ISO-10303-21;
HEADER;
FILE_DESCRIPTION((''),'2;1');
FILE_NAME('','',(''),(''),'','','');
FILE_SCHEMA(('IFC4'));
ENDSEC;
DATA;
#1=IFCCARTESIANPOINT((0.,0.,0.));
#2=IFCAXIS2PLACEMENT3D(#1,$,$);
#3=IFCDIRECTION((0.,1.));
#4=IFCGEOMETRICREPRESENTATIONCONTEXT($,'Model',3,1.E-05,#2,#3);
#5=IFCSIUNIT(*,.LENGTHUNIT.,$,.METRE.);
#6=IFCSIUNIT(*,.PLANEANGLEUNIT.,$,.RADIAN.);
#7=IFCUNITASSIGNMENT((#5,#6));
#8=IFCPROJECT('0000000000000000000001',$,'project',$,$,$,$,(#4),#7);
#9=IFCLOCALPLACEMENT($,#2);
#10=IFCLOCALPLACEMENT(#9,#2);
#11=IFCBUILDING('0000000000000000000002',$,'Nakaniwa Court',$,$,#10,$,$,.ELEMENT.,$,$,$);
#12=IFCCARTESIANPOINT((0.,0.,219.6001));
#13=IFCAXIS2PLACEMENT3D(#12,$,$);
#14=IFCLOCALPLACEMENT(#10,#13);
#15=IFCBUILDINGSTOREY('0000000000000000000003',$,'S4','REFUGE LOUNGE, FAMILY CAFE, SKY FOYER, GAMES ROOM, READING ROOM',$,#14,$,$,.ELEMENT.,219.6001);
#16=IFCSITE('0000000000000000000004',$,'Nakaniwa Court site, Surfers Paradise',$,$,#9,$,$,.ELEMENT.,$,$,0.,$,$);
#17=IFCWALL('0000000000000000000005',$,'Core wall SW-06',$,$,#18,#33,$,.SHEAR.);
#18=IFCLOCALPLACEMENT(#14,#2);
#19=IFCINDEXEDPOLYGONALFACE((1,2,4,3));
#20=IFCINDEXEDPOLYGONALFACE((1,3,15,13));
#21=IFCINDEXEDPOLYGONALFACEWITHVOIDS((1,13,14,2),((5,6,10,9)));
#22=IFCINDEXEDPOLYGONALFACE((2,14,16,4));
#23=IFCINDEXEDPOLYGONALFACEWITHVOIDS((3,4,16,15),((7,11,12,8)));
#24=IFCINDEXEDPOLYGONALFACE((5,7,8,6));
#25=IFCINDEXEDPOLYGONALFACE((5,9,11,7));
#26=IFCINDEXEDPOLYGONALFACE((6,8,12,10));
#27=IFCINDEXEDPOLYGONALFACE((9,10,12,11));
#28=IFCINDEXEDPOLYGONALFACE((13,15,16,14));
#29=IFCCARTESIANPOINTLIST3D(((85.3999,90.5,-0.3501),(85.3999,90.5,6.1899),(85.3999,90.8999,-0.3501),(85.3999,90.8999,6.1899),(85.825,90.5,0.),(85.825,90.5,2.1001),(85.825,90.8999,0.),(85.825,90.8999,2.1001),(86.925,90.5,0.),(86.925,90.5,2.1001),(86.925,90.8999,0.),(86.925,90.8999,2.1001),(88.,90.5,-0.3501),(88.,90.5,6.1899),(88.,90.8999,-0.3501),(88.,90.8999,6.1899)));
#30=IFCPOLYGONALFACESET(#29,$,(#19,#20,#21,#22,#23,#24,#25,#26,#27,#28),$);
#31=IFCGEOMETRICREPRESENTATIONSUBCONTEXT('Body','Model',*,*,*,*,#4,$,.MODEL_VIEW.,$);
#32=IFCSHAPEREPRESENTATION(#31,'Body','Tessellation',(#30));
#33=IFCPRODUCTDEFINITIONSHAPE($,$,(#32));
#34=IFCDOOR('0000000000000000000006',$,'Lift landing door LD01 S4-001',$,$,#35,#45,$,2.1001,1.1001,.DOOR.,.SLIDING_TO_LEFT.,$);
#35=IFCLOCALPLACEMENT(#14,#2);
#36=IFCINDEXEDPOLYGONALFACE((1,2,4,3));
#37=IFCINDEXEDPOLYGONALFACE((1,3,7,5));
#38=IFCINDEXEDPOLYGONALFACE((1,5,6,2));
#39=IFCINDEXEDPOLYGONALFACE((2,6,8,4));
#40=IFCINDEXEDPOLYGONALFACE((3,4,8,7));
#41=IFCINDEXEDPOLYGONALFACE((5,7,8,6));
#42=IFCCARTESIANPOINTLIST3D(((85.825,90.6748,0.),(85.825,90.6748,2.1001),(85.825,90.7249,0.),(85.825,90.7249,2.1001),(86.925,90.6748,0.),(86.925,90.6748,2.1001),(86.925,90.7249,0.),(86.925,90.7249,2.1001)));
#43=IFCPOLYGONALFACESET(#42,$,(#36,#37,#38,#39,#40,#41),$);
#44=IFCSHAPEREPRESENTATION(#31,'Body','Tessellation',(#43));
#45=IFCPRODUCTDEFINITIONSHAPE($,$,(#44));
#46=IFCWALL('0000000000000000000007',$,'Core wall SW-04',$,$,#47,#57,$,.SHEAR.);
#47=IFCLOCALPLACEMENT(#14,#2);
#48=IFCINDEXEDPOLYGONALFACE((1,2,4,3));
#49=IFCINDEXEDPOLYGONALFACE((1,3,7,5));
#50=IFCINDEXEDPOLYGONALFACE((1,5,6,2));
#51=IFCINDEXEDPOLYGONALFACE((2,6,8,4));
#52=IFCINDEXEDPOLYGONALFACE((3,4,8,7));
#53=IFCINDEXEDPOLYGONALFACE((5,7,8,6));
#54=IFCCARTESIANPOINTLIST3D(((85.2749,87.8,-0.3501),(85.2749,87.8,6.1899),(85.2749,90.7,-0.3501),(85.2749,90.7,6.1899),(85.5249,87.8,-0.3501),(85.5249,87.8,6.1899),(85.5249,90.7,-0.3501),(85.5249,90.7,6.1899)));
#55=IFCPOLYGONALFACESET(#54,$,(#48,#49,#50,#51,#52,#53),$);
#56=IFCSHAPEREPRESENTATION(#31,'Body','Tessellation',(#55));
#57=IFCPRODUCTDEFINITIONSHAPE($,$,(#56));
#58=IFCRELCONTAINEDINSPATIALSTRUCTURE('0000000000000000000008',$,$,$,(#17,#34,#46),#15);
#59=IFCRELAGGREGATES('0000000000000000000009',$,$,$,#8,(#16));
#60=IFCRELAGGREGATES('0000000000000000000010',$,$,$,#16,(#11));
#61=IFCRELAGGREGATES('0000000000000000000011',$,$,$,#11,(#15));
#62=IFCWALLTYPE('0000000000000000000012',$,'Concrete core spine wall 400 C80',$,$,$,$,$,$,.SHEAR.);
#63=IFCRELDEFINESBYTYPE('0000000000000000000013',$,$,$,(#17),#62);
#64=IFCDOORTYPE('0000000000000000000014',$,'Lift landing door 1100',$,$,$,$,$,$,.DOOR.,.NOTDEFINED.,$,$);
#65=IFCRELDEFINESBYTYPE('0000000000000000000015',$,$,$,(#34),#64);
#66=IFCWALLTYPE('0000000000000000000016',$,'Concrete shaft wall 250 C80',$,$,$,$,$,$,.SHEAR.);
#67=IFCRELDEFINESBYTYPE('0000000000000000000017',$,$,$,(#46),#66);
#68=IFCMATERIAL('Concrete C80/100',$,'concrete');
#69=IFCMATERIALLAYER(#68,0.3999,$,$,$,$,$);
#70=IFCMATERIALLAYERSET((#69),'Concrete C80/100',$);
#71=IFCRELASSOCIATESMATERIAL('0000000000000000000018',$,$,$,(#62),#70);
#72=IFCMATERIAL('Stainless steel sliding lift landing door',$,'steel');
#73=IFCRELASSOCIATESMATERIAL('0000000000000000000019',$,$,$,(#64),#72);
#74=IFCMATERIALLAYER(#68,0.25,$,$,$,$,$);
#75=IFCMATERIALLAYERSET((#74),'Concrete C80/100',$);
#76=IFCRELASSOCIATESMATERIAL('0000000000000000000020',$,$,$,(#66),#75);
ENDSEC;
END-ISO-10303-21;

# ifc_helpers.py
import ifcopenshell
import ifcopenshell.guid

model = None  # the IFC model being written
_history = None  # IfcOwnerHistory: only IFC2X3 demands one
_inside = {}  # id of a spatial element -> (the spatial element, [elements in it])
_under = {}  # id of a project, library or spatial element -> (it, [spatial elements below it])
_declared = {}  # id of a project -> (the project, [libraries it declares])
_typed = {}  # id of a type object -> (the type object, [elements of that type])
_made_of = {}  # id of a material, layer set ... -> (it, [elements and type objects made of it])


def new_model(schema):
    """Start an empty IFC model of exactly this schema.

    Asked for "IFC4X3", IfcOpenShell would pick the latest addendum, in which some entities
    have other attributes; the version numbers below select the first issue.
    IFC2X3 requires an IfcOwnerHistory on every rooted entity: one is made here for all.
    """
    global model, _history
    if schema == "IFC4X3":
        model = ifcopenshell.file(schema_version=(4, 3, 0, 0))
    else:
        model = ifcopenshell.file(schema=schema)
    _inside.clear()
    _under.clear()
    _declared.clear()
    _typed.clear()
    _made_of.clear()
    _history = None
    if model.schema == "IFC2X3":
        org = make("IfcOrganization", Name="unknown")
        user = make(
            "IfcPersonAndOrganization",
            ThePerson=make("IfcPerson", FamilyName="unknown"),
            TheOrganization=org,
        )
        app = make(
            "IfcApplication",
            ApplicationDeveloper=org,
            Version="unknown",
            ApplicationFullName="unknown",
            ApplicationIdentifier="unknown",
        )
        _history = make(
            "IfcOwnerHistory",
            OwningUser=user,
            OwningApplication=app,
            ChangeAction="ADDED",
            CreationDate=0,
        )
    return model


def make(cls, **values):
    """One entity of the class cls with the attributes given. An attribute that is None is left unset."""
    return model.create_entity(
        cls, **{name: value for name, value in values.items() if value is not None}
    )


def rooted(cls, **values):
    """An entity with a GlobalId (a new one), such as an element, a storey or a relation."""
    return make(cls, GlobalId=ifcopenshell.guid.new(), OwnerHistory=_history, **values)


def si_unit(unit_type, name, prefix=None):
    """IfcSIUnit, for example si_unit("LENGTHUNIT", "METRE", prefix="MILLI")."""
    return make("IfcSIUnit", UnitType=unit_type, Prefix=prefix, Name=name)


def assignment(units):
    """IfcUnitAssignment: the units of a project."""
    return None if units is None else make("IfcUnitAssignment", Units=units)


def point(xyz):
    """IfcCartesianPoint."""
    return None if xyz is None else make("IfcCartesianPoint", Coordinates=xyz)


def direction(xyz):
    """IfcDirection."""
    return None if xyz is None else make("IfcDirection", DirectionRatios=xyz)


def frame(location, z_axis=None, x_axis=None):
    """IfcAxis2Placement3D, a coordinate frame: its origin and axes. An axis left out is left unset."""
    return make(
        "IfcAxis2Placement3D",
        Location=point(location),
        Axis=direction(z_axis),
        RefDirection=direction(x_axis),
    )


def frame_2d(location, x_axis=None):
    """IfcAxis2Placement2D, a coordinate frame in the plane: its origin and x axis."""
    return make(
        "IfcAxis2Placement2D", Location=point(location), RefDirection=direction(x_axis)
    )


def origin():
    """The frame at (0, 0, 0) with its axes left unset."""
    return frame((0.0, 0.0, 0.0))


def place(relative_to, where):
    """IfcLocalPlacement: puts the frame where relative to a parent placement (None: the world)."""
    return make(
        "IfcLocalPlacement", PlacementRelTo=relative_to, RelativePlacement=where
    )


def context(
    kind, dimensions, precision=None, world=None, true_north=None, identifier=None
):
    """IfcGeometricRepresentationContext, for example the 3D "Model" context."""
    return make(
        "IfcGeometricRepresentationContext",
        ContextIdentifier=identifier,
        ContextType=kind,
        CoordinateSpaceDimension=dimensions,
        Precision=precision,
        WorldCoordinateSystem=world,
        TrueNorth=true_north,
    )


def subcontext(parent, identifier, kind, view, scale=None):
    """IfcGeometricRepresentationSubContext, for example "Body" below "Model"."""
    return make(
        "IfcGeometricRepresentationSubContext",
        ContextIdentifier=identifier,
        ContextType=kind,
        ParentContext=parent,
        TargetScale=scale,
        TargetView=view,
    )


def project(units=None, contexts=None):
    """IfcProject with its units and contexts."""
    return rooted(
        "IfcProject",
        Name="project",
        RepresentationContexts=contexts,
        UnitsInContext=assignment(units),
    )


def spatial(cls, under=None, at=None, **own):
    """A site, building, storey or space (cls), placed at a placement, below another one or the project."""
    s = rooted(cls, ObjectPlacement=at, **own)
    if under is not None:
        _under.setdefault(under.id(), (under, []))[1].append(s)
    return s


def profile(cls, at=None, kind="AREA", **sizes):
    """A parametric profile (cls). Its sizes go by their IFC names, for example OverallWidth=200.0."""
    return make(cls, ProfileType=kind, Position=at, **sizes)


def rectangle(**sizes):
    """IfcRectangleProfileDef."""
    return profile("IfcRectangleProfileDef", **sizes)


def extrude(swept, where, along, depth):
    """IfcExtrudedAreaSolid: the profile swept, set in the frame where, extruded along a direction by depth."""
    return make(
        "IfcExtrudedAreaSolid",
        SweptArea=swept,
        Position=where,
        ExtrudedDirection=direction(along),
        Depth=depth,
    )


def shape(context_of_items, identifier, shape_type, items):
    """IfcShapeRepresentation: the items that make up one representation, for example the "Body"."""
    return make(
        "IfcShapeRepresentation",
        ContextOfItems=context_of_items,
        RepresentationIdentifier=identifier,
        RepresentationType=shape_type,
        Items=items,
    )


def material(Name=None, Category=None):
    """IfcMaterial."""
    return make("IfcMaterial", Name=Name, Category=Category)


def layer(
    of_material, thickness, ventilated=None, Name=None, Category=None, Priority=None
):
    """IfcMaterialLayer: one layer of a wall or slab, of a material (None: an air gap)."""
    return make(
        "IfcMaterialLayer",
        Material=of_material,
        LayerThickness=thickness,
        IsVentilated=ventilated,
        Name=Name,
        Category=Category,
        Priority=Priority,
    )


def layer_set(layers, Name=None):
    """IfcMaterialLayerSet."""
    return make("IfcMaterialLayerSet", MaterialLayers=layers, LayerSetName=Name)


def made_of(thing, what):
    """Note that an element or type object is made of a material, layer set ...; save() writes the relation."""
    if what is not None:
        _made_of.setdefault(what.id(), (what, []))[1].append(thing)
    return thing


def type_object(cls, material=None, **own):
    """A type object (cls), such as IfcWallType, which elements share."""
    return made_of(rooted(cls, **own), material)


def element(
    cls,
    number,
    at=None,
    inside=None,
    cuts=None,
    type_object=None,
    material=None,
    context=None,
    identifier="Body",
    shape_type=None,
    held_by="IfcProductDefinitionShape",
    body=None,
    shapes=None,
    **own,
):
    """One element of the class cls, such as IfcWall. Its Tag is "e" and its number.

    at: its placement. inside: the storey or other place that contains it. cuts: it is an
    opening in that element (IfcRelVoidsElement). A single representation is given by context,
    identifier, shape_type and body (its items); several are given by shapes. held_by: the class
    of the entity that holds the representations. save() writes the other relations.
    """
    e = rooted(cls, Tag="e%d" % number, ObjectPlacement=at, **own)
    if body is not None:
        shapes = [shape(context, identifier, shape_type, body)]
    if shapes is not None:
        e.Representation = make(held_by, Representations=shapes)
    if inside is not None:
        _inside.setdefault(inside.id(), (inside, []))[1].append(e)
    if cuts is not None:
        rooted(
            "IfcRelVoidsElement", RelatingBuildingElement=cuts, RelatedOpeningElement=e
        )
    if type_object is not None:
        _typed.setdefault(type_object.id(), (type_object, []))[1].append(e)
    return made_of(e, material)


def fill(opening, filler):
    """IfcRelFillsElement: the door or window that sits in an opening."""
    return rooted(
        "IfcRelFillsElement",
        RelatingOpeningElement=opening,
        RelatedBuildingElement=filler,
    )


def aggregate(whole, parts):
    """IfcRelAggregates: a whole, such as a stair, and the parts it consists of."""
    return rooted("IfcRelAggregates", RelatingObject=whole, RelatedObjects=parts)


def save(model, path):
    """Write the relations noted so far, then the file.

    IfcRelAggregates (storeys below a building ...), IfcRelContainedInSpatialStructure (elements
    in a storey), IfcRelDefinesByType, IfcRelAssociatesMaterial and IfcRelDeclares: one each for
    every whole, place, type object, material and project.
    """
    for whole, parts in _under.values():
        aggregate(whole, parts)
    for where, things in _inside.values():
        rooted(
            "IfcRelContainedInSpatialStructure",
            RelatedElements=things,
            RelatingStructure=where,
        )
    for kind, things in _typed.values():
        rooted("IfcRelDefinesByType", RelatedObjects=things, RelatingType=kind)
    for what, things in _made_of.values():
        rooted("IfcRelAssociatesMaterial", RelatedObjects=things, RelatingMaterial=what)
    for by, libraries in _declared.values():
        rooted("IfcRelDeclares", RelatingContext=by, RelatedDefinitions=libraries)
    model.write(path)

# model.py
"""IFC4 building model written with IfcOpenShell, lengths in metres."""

from ifc_helpers import new_model, si_unit, direction, frame, frame_2d, origin, place, context, subcontext, project, spatial, rectangle, extrude, material, layer, layer_set, type_object, element, fill, save


model = new_model("IFC4")

# Units and contexts
model_context = context("Model", 3, precision=1e-05, world=origin(), true_north=direction((0.0, 1.0)))
body_context = subcontext(model_context, "Body", "Model", "MODEL_VIEW")
ifc_project = project(units=[si_unit("LENGTHUNIT", "METRE"), si_unit("PLANEANGLEUNIT", "RADIAN")], contexts=[model_context])

# Site, building, storey
site_placement = place(None, origin())
site = spatial("IfcSite", under=ifc_project, at=site_placement, Name="Nakaniwa Court site, Surfers Paradise", CompositionType="ELEMENT", RefElevation=0.0)
building_placement = place(site_placement, origin())
building = spatial("IfcBuilding", under=site, at=building_placement, Name="Nakaniwa Court", CompositionType="ELEMENT")
storey_placement = place(building_placement, frame((0.0, 0.0, 219.6001)))
storey = spatial("IfcBuildingStorey", under=building, at=storey_placement, Name="S4", Description="REFUGE LOUNGE, FAMILY CAFE, SKY FOYER, GAMES ROOM, READING ROOM", CompositionType="ELEMENT", Elevation=219.6001)

# Shared definitions
ifc_material_1 = material(Name="Concrete C80/100", Category="concrete")

# Wall, opening, door
ifc_layer_1 = layer(ifc_material_1, 0.3999)
ifc_layer_set_1 = layer_set([ifc_layer_1], Name="Concrete C80/100")
wall_type_1 = type_object("IfcWallType", Name="Concrete core spine wall 400 C80", PredefinedType="SHEAR", material=ifc_layer_set_1)
wall_1_placement = place(storey_placement, frame((85.3999, 90.7, -0.3501), z_axis=(0.0, 0.0, 1.0), x_axis=(1.0, 0.0, 0.0)))
wall_1 = element("IfcWall", 1, at=wall_1_placement, inside=storey, type_object=wall_type_1, Name="Core wall SW-06", PredefinedType="SHEAR", context=body_context, shape_type="SweptSolid", body=[
    extrude(rectangle(XDim=2.6001, YDim=0.3999, at=frame_2d((1.3, 0.0))), origin(), (0.0, 0.0, 1.0), 6.54),
])
opening_1_placement = place(wall_1_placement, frame((0.425, 0.0, 0.3501)))
opening_1 = element("IfcOpeningElement", 2, at=opening_1_placement, cuts=wall_1, PredefinedType="OPENING", context=body_context, shape_type="SweptSolid", body=[
    extrude(rectangle(XDim=1.1001, YDim=2.1001, at=frame_2d((0.55, 1.05))), frame((0.0, 0.21, 0.0), z_axis=(0.0, -1.0, 0.0), x_axis=(1.0, 0.0, 0.0)), (0.0, 0.0, 1.0), 0.4199),
])
ifc_material_2 = material(Name="Stainless steel sliding lift landing door", Category="steel")
door_type_1 = type_object("IfcDoorType", Name="Lift landing door 1100", OperationType="NOTDEFINED", PredefinedType="DOOR", material=ifc_material_2)
door_1_placement = place(opening_1_placement, origin())
door_1 = element("IfcDoor", 3, at=door_1_placement, inside=storey, type_object=door_type_1, Name="Lift landing door LD01 S4-001", OperationType="SLIDING_TO_LEFT", OverallHeight=2.1001, OverallWidth=1.1001, PredefinedType="DOOR", context=body_context, shape_type="SweptSolid", body=[
    extrude(rectangle(XDim=1.1001, YDim=2.1001, at=frame_2d((0.55, 1.05))), frame((0.0, 0.0249, 0.0), z_axis=(0.0, -1.0, 0.0), x_axis=(1.0, 0.0, 0.0)), (0.0, 0.0, 1.0), 0.05),
])
fill(opening_1, door_1)

# Wall
ifc_layer_2 = layer(ifc_material_1, 0.25)
ifc_layer_set_2 = layer_set([ifc_layer_2], Name="Concrete C80/100")
wall_type_2 = type_object("IfcWallType", Name="Concrete shaft wall 250 C80", PredefinedType="SHEAR", material=ifc_layer_set_2)
wall_2_placement = place(storey_placement, frame((85.3999, 87.8, -0.3501), z_axis=(0.0, 0.0, 1.0), x_axis=(0.0, 1.0, 0.0)))
element("IfcWall", 4, at=wall_2_placement, inside=storey, type_object=wall_type_2, Name="Core wall SW-04", PredefinedType="SHEAR", context=body_context, shape_type="SweptSolid", body=[
    extrude(rectangle(XDim=2.8999, YDim=0.25, at=frame_2d((1.45, 0.0))), origin(), (0.0, 0.0, 1.0), 6.54),
])

save(model, "model.ifc")
